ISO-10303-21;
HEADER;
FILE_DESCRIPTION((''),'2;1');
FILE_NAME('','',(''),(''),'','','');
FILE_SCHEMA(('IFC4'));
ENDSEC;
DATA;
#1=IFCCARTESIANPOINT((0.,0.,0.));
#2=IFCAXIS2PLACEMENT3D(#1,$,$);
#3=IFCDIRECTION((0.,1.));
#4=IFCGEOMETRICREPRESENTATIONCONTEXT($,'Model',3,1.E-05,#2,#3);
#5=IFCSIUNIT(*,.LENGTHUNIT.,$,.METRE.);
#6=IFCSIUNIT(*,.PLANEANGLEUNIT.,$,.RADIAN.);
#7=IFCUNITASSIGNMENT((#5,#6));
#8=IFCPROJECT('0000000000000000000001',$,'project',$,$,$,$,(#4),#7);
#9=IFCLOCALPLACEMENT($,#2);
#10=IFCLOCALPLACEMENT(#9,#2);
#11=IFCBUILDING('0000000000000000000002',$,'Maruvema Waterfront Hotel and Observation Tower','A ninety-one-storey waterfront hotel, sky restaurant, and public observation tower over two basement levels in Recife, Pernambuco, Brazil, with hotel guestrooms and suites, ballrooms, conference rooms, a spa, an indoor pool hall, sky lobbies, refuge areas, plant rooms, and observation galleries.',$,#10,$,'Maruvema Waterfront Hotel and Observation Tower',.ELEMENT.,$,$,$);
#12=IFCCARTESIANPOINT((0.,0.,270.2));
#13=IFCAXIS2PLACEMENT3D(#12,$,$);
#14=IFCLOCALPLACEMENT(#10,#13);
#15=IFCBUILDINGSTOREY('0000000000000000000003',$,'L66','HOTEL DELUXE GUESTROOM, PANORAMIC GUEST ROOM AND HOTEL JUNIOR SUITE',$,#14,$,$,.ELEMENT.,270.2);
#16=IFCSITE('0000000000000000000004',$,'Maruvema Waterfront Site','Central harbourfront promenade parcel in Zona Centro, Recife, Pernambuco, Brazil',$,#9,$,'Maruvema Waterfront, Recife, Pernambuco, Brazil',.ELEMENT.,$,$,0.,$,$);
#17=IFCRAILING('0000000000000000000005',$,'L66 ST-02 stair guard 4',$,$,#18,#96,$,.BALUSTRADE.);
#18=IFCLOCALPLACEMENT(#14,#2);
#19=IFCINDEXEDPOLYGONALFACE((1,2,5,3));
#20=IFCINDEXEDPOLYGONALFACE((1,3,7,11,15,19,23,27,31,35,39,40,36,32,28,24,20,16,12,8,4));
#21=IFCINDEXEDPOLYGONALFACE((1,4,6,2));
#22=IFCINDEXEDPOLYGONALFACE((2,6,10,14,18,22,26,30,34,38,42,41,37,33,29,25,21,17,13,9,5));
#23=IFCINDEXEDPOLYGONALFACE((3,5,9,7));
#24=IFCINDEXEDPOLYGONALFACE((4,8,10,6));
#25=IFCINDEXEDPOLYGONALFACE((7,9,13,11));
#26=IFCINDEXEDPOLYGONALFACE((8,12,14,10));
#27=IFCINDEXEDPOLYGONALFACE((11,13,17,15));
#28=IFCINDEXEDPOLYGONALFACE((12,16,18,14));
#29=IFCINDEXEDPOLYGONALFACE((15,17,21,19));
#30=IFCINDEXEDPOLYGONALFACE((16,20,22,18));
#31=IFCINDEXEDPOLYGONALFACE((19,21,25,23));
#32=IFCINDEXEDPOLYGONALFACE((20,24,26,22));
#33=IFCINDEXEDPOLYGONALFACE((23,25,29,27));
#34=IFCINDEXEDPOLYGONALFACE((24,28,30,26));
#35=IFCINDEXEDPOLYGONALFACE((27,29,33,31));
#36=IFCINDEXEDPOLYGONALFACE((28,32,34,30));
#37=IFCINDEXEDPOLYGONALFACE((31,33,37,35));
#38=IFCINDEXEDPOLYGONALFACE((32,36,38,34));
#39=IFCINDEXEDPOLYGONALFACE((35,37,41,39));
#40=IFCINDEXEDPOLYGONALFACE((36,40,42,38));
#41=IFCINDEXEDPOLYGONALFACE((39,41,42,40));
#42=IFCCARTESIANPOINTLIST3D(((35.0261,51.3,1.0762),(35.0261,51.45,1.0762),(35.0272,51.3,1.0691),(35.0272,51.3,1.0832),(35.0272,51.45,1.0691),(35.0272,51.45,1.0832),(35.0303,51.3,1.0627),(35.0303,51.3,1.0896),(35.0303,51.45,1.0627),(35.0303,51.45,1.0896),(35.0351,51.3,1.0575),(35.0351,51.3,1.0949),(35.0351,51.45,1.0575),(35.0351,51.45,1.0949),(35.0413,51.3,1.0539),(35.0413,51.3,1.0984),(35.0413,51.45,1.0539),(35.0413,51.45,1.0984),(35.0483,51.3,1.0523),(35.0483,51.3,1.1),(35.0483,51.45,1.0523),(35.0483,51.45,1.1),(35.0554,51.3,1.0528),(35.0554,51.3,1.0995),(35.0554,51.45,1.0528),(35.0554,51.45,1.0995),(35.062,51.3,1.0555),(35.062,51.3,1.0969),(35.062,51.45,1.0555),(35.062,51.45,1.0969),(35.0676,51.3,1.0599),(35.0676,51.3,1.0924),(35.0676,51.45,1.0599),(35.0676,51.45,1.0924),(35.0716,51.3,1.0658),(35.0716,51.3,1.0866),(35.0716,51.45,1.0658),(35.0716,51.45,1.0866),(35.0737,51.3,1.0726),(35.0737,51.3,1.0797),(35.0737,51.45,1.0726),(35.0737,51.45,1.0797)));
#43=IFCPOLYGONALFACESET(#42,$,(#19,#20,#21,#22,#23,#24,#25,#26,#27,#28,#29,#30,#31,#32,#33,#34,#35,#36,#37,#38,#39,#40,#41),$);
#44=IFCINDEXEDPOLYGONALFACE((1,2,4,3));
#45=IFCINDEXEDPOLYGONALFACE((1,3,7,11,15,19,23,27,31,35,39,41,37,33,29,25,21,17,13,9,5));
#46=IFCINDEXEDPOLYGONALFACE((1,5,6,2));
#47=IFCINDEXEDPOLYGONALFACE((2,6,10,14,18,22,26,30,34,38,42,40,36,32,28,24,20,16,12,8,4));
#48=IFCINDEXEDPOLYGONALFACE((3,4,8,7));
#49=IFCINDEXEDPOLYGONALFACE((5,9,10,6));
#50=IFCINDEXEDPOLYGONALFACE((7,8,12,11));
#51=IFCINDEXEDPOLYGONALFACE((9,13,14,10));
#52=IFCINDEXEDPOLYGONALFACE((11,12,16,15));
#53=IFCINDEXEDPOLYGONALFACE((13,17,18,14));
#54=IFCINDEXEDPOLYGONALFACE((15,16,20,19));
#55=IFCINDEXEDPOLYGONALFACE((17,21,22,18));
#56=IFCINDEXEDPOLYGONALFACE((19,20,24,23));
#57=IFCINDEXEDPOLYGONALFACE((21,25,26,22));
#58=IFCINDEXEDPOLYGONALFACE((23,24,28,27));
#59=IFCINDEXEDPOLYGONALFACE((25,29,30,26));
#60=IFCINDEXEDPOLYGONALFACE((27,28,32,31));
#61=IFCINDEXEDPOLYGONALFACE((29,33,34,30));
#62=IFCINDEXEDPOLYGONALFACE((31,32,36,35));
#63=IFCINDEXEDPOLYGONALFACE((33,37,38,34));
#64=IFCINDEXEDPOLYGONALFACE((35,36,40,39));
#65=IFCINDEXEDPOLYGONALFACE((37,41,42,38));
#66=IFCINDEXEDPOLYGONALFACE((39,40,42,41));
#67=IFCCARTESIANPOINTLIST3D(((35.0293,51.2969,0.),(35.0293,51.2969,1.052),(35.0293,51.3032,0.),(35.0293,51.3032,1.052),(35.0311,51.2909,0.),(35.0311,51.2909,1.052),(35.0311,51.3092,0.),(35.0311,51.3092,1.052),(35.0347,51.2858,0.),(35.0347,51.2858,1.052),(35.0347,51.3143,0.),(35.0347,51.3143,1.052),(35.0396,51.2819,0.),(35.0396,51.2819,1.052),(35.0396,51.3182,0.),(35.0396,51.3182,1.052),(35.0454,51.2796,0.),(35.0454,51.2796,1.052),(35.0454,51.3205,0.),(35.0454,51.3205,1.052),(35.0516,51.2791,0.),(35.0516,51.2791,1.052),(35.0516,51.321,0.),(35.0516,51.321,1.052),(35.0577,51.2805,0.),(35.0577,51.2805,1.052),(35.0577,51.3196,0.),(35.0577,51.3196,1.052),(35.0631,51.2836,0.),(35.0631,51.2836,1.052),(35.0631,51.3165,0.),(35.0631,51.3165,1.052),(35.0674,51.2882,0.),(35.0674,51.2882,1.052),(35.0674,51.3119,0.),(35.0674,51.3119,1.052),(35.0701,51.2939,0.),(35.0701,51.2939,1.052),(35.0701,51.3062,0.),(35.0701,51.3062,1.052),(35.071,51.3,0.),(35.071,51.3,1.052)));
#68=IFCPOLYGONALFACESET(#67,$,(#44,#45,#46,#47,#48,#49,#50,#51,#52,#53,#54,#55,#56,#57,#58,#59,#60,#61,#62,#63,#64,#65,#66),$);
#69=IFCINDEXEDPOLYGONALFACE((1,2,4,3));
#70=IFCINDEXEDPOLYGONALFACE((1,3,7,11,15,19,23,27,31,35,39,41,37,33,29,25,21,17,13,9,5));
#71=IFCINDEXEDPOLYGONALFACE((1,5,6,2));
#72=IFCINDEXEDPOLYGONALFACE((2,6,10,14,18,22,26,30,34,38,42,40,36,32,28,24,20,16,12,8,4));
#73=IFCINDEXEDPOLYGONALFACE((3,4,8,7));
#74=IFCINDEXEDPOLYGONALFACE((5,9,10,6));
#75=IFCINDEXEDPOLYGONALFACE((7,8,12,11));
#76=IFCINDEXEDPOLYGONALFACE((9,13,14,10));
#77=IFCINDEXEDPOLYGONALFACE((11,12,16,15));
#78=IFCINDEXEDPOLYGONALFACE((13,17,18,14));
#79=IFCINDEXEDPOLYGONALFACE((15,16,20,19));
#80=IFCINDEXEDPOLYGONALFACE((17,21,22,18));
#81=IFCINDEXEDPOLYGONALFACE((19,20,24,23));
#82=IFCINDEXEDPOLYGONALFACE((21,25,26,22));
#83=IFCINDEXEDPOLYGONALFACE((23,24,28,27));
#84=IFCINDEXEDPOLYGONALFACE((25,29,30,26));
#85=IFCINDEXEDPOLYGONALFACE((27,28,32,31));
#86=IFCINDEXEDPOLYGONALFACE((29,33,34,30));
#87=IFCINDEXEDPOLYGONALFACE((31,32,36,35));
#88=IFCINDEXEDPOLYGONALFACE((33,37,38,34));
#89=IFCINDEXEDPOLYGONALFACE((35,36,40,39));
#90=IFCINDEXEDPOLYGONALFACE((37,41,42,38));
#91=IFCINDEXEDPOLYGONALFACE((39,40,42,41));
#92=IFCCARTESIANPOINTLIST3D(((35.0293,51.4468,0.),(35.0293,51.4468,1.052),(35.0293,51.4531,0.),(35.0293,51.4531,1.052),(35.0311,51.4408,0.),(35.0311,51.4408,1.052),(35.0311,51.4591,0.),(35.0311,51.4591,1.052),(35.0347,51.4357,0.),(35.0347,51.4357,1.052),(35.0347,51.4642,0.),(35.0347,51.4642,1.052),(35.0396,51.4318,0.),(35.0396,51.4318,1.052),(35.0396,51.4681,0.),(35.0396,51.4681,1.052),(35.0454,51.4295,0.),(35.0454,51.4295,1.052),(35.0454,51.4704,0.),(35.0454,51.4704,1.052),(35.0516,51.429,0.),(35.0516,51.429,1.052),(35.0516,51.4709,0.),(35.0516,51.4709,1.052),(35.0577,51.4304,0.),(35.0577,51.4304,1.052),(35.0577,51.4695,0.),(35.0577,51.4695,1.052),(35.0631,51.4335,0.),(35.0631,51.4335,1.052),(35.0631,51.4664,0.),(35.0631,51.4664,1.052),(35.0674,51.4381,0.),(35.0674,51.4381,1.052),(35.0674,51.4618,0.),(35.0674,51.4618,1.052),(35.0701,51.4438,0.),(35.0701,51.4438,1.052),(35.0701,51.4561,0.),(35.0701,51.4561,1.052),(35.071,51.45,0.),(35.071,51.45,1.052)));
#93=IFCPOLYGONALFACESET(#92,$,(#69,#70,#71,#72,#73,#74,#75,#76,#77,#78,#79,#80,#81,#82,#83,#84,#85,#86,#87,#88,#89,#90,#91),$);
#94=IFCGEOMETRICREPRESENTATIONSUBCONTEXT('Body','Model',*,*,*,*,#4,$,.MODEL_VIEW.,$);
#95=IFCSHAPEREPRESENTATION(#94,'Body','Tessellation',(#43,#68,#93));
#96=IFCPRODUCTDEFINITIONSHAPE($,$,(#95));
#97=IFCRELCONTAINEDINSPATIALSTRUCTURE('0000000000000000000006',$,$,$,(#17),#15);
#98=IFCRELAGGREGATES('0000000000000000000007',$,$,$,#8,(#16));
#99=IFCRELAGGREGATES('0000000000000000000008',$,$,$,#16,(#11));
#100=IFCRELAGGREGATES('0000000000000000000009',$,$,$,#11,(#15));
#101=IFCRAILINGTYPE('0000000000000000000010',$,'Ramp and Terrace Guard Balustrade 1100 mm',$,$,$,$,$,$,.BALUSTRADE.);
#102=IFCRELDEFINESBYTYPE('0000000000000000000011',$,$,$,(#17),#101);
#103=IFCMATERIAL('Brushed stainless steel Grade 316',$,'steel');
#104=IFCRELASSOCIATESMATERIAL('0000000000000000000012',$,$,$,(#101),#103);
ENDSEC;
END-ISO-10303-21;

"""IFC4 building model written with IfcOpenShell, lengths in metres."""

from ifc_helpers import new_model, si_unit, direction, frame, origin, origin_2d, place, context, subcontext, project, spatial, circle, extrude, material, type_object, element, save


model = new_model("IFC4")

# Units and contexts
model_context = context("Model", 3, precision=1e-05, world=origin(), true_north=direction((0.0, 1.0)))
body_context = subcontext(model_context, "Body", "Model", "MODEL_VIEW")
ifc_project = project(units=[si_unit("LENGTHUNIT", "METRE"), si_unit("PLANEANGLEUNIT", "RADIAN")], contexts=[model_context])

# Site, building, storey
site_placement = place(None, origin())
site = spatial("IfcSite", under=ifc_project, at=site_placement, Name="Maruvema Waterfront Site", Description="Central harbourfront promenade parcel in Zona Centro, Recife, Pernambuco, Brazil", LongName="Maruvema Waterfront, Recife, Pernambuco, Brazil", CompositionType="ELEMENT", RefElevation=0.0)
building_placement = place(site_placement, origin())
building = spatial("IfcBuilding", under=site, at=building_placement, Name="Maruvema Waterfront Hotel and Observation Tower", Description="A ninety-one-storey waterfront hotel, sky restaurant, and public observation tower over two basement levels in Recife, Pernambuco, Brazil, with hotel guestrooms and suites, ballrooms, conference rooms, a spa, an indoor pool hall, sky lobbies, refuge areas, plant rooms, and observation galleries.", LongName="Maruvema Waterfront Hotel and Observation Tower", CompositionType="ELEMENT")
storey_placement = place(building_placement, frame((0.0, 0.0, 270.2)))
storey = spatial("IfcBuildingStorey", under=building, at=storey_placement, Name="L66", Description="HOTEL DELUXE GUESTROOM, PANORAMIC GUEST ROOM AND HOTEL JUNIOR SUITE", CompositionType="ELEMENT", Elevation=270.2)

# Railing
ifc_material_1 = material(Name="Brushed stainless steel Grade 316", Category="steel")
railing_type_1 = type_object("IfcRailingType", Name="Ramp and Terrace Guard Balustrade 1100 mm", PredefinedType="BALUSTRADE", material=ifc_material_1)
railing_1_placement = place(storey_placement, frame((35.05, 51.3, 0.0)))
element("IfcRailing", 1, at=railing_1_placement, inside=storey, type_object=railing_type_1, Name="L66 ST-02 stair guard 4", PredefinedType="BALUSTRADE", context=body_context, shape_type="SweptSolid", body=[
    extrude(circle(Radius=0.0239, at=origin_2d()), frame((0.0, 0.0, 1.0762), z_axis=(0.0, 1.0, 0.0), x_axis=(-1.0, 0.0, 0.0)), (0.0, 0.0, 1.0), 0.1499),
    extrude(circle(Radius=0.021, at=origin_2d()), origin(), (0.0, 0.0, 1.0), 1.052),
    extrude(circle(Radius=0.021, at=origin_2d()), frame((0.0, 0.1499, 0.0)), (0.0, 0.0, 1.0), 1.052),
])

save(model, "model.ifc")
